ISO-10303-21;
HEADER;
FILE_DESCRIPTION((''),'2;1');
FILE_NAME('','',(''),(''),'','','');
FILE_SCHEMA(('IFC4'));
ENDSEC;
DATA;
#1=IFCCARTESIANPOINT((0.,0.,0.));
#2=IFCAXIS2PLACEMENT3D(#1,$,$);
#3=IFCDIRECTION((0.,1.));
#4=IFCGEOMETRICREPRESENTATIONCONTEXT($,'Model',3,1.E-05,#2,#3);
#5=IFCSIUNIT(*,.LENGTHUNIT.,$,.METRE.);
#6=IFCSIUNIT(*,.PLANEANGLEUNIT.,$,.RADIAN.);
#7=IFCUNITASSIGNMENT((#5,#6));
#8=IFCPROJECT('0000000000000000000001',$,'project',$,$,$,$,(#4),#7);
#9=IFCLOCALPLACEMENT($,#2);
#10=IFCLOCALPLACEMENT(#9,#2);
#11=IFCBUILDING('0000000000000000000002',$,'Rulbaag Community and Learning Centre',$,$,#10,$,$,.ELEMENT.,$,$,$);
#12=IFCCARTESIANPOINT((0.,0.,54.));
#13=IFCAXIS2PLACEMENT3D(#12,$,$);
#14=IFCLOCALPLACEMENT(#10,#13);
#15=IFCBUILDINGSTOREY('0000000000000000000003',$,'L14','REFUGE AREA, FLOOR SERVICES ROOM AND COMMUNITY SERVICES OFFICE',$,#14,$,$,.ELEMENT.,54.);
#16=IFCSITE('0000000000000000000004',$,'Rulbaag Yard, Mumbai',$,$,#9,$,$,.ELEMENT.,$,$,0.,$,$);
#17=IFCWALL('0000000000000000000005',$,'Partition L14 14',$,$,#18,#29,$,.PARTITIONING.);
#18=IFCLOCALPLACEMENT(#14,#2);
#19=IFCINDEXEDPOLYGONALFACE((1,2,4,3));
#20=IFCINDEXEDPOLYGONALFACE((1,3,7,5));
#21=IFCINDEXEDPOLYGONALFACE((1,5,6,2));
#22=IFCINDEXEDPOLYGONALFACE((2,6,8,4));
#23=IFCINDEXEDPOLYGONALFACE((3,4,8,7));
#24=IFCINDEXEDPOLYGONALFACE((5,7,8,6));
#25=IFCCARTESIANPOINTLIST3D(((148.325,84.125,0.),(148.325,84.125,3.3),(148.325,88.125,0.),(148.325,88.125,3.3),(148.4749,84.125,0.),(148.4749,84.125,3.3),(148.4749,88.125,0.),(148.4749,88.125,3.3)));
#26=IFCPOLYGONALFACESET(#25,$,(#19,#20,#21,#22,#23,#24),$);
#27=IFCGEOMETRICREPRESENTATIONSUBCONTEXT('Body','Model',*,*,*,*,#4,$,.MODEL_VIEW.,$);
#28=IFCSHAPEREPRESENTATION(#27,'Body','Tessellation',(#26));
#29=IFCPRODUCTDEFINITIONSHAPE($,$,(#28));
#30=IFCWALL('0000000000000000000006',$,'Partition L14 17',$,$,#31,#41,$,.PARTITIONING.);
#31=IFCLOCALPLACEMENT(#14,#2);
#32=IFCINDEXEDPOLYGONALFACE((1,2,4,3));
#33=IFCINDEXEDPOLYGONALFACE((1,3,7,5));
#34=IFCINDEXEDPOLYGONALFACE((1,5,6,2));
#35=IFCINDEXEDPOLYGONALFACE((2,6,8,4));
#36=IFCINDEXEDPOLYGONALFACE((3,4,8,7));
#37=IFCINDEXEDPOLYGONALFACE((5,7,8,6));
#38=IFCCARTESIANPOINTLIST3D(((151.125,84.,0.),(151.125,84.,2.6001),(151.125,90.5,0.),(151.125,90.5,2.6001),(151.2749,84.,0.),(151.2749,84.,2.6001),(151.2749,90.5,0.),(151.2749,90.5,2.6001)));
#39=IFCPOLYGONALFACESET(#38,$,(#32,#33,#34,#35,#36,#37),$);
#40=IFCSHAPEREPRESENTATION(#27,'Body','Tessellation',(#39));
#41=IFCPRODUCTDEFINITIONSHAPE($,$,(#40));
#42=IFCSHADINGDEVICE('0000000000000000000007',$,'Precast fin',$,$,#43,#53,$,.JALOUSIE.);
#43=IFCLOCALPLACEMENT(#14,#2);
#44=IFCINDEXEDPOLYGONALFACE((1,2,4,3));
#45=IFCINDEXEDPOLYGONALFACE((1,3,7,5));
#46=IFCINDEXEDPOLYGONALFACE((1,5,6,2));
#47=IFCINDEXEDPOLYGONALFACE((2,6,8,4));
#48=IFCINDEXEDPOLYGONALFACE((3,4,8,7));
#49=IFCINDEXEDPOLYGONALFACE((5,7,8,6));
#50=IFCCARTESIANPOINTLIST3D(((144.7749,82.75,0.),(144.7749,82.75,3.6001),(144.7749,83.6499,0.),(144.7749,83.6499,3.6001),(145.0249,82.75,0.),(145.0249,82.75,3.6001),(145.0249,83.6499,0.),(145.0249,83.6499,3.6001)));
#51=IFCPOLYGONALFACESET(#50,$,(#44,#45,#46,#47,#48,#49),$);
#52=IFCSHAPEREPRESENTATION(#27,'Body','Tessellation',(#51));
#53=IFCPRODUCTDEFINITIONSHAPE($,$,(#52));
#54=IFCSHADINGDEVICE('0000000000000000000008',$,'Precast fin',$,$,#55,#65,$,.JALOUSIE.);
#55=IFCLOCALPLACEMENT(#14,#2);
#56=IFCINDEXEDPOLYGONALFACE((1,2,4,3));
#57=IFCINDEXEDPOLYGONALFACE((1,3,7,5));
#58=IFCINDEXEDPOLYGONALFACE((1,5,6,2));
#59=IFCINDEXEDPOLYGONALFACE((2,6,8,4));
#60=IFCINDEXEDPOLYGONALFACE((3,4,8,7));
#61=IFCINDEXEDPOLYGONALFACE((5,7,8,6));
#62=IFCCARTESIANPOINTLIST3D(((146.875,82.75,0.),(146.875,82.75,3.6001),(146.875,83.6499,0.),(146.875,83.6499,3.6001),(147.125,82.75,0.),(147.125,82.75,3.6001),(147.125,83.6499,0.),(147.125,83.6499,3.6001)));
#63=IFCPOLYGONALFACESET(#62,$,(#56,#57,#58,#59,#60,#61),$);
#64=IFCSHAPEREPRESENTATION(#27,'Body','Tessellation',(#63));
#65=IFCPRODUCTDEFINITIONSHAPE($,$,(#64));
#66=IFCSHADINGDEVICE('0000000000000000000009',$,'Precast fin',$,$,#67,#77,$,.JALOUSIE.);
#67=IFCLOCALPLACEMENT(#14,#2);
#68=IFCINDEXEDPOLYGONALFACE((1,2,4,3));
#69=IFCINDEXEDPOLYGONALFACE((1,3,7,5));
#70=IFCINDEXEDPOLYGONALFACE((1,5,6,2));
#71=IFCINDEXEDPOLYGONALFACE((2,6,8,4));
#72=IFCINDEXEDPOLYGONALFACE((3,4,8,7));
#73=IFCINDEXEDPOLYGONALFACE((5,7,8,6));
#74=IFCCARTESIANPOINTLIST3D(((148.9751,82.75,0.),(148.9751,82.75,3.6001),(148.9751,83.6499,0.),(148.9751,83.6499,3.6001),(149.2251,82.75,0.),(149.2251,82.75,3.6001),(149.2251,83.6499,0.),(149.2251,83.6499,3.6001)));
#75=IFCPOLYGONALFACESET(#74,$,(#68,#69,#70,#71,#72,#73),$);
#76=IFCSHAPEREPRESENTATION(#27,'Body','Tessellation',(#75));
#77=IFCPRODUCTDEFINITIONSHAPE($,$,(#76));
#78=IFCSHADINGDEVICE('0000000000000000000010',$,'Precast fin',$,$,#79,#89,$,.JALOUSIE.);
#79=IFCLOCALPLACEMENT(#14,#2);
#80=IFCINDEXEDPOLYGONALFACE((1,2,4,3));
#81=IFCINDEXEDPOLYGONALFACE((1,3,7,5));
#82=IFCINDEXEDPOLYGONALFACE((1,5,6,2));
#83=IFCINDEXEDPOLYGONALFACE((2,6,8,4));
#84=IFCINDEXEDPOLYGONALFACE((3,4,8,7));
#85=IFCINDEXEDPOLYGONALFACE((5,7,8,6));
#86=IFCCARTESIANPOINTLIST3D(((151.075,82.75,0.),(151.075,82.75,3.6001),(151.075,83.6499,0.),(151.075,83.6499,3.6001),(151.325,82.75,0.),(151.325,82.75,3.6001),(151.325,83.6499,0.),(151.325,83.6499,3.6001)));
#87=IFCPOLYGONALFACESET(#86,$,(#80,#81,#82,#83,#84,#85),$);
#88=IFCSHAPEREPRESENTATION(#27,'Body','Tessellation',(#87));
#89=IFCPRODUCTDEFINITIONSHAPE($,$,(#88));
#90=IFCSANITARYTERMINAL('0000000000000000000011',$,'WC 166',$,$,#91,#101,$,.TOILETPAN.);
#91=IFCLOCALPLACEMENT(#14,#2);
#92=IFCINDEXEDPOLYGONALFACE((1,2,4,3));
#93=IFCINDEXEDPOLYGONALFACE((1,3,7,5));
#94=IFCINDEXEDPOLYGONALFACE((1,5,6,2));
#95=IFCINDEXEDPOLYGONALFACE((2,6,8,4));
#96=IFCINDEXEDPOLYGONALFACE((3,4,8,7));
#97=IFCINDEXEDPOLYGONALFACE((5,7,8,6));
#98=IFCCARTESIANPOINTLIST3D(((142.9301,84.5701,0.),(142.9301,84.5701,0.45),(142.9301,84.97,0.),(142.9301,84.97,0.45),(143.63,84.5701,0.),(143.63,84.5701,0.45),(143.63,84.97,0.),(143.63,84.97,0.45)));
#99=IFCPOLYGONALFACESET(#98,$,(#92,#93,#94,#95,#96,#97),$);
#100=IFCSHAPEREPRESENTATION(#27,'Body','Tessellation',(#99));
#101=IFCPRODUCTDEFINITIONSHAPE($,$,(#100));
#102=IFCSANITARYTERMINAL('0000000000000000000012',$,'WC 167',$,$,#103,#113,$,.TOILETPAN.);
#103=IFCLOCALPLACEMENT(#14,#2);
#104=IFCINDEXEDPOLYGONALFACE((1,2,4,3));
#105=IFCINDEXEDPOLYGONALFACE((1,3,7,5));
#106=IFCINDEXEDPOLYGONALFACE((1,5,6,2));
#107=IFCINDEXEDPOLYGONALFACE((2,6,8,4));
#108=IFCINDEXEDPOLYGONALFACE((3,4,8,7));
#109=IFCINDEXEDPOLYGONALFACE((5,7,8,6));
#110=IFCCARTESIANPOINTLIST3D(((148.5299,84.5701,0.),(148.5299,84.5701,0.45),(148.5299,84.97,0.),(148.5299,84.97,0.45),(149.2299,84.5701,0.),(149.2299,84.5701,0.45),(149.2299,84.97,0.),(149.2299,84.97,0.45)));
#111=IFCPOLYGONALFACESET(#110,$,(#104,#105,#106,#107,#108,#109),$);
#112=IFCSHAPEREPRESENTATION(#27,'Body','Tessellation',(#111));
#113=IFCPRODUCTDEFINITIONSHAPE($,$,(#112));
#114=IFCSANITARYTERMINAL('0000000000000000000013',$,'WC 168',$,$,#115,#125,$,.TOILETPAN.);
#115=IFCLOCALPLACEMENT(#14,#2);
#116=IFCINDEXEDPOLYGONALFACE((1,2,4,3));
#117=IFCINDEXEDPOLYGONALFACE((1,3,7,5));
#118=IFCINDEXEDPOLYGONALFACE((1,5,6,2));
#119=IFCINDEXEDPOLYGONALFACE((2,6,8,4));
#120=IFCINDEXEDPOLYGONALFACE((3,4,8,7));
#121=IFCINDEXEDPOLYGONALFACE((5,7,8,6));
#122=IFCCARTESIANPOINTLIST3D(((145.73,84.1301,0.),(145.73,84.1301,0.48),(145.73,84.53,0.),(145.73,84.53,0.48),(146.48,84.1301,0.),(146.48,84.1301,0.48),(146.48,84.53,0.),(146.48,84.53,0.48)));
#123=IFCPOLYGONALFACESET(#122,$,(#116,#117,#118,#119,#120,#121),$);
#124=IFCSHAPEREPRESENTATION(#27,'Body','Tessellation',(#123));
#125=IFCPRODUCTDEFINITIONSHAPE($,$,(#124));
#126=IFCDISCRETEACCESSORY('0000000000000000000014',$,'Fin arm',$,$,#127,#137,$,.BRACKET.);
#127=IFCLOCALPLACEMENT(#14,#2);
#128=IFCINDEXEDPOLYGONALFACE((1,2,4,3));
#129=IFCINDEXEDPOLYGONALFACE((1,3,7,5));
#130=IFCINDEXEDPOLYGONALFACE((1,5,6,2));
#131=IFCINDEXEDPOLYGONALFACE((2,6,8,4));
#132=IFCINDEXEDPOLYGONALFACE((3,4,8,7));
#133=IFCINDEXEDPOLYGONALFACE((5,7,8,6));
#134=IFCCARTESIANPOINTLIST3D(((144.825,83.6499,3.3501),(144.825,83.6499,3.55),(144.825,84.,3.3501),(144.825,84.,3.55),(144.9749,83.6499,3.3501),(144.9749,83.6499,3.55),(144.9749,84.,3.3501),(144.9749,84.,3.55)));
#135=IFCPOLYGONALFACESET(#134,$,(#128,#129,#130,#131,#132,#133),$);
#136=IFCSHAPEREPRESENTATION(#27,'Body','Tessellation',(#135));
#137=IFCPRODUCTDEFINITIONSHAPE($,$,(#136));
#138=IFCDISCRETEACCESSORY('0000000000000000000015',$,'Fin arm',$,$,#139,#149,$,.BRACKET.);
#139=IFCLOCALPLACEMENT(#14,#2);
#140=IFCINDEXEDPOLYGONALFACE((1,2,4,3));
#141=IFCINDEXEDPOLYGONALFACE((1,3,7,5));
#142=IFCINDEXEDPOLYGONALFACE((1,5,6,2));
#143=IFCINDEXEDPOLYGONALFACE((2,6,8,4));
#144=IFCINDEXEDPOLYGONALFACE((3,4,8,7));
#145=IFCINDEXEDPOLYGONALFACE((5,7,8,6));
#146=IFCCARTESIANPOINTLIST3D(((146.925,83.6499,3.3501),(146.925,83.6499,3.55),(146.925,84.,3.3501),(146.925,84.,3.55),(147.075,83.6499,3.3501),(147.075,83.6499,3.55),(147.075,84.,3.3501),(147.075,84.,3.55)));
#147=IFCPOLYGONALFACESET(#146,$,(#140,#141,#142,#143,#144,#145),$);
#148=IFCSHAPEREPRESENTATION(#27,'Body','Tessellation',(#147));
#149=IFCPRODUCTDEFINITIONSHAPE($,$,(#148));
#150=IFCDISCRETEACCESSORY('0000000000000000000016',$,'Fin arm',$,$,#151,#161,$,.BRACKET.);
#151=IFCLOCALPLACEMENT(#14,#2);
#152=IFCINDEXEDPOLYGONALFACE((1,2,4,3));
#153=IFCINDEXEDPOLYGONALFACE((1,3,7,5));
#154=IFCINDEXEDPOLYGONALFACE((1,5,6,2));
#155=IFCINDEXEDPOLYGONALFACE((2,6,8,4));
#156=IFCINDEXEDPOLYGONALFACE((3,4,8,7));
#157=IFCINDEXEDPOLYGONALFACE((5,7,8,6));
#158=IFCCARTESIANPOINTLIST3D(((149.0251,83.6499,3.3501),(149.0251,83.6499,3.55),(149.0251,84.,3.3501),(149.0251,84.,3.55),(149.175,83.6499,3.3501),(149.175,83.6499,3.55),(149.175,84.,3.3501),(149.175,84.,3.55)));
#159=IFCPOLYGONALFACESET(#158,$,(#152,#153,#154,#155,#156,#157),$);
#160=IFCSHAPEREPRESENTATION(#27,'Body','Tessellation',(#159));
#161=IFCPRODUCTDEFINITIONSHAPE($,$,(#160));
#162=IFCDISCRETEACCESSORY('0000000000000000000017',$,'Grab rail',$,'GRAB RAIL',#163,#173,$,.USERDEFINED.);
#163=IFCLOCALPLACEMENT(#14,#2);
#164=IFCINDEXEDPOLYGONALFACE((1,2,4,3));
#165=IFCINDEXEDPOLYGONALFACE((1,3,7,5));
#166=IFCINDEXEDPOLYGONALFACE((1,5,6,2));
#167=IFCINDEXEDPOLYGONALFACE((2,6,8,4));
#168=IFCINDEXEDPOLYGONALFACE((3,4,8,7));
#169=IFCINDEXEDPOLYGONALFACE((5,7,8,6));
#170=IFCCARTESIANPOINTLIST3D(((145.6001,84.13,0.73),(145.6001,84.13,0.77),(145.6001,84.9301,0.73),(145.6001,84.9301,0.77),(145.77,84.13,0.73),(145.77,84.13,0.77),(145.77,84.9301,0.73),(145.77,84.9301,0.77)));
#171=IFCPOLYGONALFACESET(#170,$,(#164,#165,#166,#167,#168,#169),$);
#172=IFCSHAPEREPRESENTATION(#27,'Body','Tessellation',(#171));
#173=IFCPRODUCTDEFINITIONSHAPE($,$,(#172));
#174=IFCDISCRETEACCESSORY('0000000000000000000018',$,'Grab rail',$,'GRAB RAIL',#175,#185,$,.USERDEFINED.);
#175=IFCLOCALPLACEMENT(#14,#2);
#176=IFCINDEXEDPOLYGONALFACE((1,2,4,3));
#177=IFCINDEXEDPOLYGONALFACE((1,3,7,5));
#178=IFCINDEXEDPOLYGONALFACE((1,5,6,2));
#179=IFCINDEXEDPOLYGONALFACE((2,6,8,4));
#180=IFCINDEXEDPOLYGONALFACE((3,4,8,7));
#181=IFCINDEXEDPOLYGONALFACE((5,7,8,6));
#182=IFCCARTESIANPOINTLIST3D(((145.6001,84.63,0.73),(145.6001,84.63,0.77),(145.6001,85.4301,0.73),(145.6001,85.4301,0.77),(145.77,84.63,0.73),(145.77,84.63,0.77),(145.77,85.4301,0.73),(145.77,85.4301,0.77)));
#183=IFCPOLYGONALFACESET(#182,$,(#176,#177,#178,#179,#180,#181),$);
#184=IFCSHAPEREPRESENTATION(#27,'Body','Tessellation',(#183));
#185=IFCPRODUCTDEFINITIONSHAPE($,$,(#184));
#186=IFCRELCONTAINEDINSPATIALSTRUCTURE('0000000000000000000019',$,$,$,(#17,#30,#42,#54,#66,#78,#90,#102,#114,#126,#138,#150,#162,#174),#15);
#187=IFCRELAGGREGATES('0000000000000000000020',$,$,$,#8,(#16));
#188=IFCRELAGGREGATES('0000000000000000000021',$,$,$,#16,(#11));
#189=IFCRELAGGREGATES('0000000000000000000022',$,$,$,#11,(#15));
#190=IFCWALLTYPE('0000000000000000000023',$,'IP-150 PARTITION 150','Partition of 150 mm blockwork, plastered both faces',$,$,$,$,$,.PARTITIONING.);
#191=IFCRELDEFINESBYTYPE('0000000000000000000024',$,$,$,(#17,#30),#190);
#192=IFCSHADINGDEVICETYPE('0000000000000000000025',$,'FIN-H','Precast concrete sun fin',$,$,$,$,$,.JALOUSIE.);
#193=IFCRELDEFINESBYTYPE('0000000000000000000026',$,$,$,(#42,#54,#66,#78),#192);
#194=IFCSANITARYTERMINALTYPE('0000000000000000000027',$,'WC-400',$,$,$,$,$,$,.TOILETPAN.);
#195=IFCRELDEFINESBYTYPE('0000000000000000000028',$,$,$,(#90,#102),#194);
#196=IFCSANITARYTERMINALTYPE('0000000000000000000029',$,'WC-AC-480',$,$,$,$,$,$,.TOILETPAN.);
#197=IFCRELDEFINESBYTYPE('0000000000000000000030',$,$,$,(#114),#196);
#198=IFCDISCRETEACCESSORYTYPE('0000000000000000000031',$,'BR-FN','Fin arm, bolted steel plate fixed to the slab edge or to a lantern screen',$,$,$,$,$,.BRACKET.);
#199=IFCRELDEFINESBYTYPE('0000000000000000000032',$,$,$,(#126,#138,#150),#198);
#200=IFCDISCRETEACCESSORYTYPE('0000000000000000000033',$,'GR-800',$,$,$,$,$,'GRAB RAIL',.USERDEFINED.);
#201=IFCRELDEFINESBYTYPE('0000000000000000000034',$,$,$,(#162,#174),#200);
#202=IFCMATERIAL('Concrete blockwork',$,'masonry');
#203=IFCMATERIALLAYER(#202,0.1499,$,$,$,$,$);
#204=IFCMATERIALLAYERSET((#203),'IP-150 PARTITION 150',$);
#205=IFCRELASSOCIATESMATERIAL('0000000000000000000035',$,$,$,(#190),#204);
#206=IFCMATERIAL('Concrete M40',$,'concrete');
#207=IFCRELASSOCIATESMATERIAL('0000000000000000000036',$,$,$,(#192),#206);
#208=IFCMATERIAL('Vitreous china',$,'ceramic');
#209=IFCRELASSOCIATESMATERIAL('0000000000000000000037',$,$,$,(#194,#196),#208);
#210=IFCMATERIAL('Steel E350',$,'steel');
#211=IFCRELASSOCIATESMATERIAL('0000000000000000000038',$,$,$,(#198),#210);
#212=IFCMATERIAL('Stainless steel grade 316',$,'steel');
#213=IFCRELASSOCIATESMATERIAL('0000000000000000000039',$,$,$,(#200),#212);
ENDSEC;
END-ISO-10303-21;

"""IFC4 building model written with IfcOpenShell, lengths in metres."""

from ifc_helpers import new_model, si_unit, direction, frame, frame_2d, origin, origin_2d, place, context, subcontext, project, spatial, rectangle, extrude, material, layer, layer_set, material_profile, profile_set, type_object, element, save


model = new_model("IFC4")

# Units and contexts
model_context = context("Model", 3, precision=1e-05, world=origin(), true_north=direction((0.0, 1.0)))
body_context = subcontext(model_context, "Body", "Model", "MODEL_VIEW")
ifc_project = project(units=[si_unit("LENGTHUNIT", "METRE"), si_unit("PLANEANGLEUNIT", "RADIAN")], contexts=[model_context])

# Site, building, storey
site_placement = place(None, origin())
site = spatial("IfcSite", under=ifc_project, at=site_placement, Name="Rulbaag Yard, Mumbai", CompositionType="ELEMENT", RefElevation=0.0)
building_placement = place(site_placement, origin())
building = spatial("IfcBuilding", under=site, at=building_placement, Name="Rulbaag Community and Learning Centre", CompositionType="ELEMENT")
storey_placement = place(building_placement, frame((0.0, 0.0, 54.0)))
storey = spatial("IfcBuildingStorey", under=building, at=storey_placement, Name="L14", Description="REFUGE AREA, FLOOR SERVICES ROOM AND COMMUNITY SERVICES OFFICE", CompositionType="ELEMENT", Elevation=54.0)

# Shared definitions
ifc_material_1 = material(Name="Concrete M40", Category="concrete")

# Walls
ifc_material_2 = material(Name="Concrete blockwork", Category="masonry")
ifc_layer_1 = layer(ifc_material_2, 0.1499)
ifc_layer_set_1 = layer_set([ifc_layer_1], Name="IP-150 PARTITION 150")
wall_type_1 = type_object("IfcWallType", Name="IP-150 PARTITION 150", Description="Partition of 150 mm blockwork, plastered both faces", PredefinedType="PARTITIONING", material=ifc_layer_set_1)
for number, where, z_axis, x_axis, name in (
    (1, (148.3999, 84.125, 0.0), (0.0, 0.0, 1.0), (0.0, 1.0, 0.0), "Partition L14 14"),
):
    element("IfcWall", number, at=place(storey_placement, frame(where, z_axis=z_axis, x_axis=x_axis)), inside=storey, type_object=wall_type_1, Name=name, PredefinedType="PARTITIONING", context=body_context, shape_type="SweptSolid", body=[
        extrude(rectangle(XDim=4.0, YDim=0.1499, at=frame_2d((2.0, 0.0))), origin(), (0.0, 0.0, 1.0), 3.3),
    ])
wall_1_placement = place(storey_placement, frame((151.2, 84.0, 0.0), z_axis=(0.0, 0.0, 1.0), x_axis=(0.0, 1.0, 0.0)))
element("IfcWall", 2, at=wall_1_placement, inside=storey, type_object=wall_type_1, Name="Partition L14 17", PredefinedType="PARTITIONING", context=body_context, shape_type="SweptSolid", body=[
    extrude(rectangle(XDim=6.5, YDim=0.1499, at=frame_2d((3.25, 0.0))), origin(), (0.0, 0.0, 1.0), 2.6001),
])

# Shading devices
ifc_material_profile_1 = material_profile(ifc_material_1, rectangle(XDim=0.25, YDim=0.8999, at=origin_2d()), Name="PC 250x900")
ifc_profile_set_1 = profile_set([ifc_material_profile_1], Name="Concrete M40")
shading_device_type = type_object("IfcShadingDeviceType", Name="FIN-H", Description="Precast concrete sun fin", PredefinedType="JALOUSIE", material=ifc_profile_set_1)
for number, where, z_axis, x_axis, name in (
    (3, (144.8999, 83.2, 0.0), (0.0, 0.0, 1.0), (1.0, 0.0, 0.0), "Precast fin"),
    (4, (147.0, 83.2, 0.0), (0.0, 0.0, 1.0), (1.0, 0.0, 0.0), "Precast fin"),
    (5, (149.1001, 83.2, 0.0), (0.0, 0.0, 1.0), (1.0, 0.0, 0.0), "Precast fin"),
    (6, (151.2, 83.2, 0.0), (0.0, 0.0, 1.0), (1.0, 0.0, 0.0), "Precast fin"),
):
    element("IfcShadingDevice", number, at=place(storey_placement, frame(where, z_axis=z_axis, x_axis=x_axis)), inside=storey, type_object=shading_device_type, Name=name, PredefinedType="JALOUSIE", context=body_context, shape_type="SweptSolid", body=[
        extrude(rectangle(XDim=0.25, YDim=0.8999, at=origin_2d()), origin(), (0.0, 0.0, 1.0), 3.6001),
    ])

# Sanitary terminals
ifc_material_3 = material(Name="Vitreous china", Category="ceramic")
sanitary_terminal_type_1 = type_object("IfcSanitaryTerminalType", Name="WC-400", PredefinedType="TOILETPAN", material=ifc_material_3)
for number, where, z_axis, x_axis, name in (
    (7, (143.28, 84.77, 0.0), (0.0, 0.0, 1.0), (1.0, 0.0, 0.0), "WC 166"),
    (8, (148.8799, 84.77, 0.0), (0.0, 0.0, 1.0), (1.0, 0.0, 0.0), "WC 167"),
):
    element("IfcSanitaryTerminal", number, at=place(storey_placement, frame(where, z_axis=z_axis, x_axis=x_axis)), inside=storey, type_object=sanitary_terminal_type_1, Name=name, PredefinedType="TOILETPAN", context=body_context, shape_type="SweptSolid", body=[
        extrude(rectangle(XDim=0.7, YDim=0.3999, at=origin_2d()), origin(), (0.0, 0.0, 1.0), 0.45),
    ])
sanitary_terminal_type_2 = type_object("IfcSanitaryTerminalType", Name="WC-AC-480", PredefinedType="TOILETPAN", material=ifc_material_3)
sanitary_terminal_placement = place(storey_placement, frame((146.105, 84.3301, 0.0), z_axis=(0.0, 0.0, 1.0), x_axis=(1.0, 0.0, 0.0)))
element("IfcSanitaryTerminal", 9, at=sanitary_terminal_placement, inside=storey, type_object=sanitary_terminal_type_2, Name="WC 168", PredefinedType="TOILETPAN", context=body_context, shape_type="SweptSolid", body=[
    extrude(rectangle(XDim=0.75, YDim=0.3999, at=origin_2d()), origin(), (0.0, 0.0, 1.0), 0.48),
])

# Discrete accessories
ifc_material_4 = material(Name="Steel E350", Category="steel")
discrete_accessory_type_1 = type_object("IfcDiscreteAccessoryType", Name="BR-FN", Description="Fin arm, bolted steel plate fixed to the slab edge or to a lantern screen", PredefinedType="BRACKET", material=ifc_material_4)
for number, where, z_axis, x_axis, name in (
    (10, (144.8999, 83.825, 3.3501), (0.0, 0.0, 1.0), (1.0, 0.0, 0.0), "Fin arm"),
    (11, (147.0, 83.825, 3.3501), (0.0, 0.0, 1.0), (1.0, 0.0, 0.0), "Fin arm"),
    (12, (149.1001, 83.825, 3.3501), (0.0, 0.0, 1.0), (1.0, 0.0, 0.0), "Fin arm"),
):
    element("IfcDiscreteAccessory", number, at=place(storey_placement, frame(where, z_axis=z_axis, x_axis=x_axis)), inside=storey, type_object=discrete_accessory_type_1, Name=name, PredefinedType="BRACKET", context=body_context, shape_type="SweptSolid", body=[
        extrude(rectangle(XDim=0.1499, YDim=0.3501, at=origin_2d()), origin(), (0.0, 0.0, 1.0), 0.2),
    ])
ifc_material_5 = material(Name="Stainless steel grade 316", Category="steel")
discrete_accessory_type_2 = type_object("IfcDiscreteAccessoryType", Name="GR-800", ElementType="GRAB RAIL", PredefinedType="USERDEFINED", material=ifc_material_5)
for number, where, z_axis, x_axis, name in (
    (13, (145.6851, 84.53, 0.73), (0.0, 0.0, 1.0), (1.0, 0.0, 0.0), "Grab rail"),
    (14, (145.6851, 85.03, 0.73), (0.0, 0.0, 1.0), (1.0, 0.0, 0.0), "Grab rail"),
):
    element("IfcDiscreteAccessory", number, at=place(storey_placement, frame(where, z_axis=z_axis, x_axis=x_axis)), inside=storey, type_object=discrete_accessory_type_2, Name=name, ObjectType="GRAB RAIL", PredefinedType="USERDEFINED", context=body_context, shape_type="SweptSolid", body=[
        extrude(rectangle(XDim=0.1699, YDim=0.8, at=origin_2d()), origin(), (0.0, 0.0, 1.0), 0.04),
    ])

save(model, "model.ifc")
